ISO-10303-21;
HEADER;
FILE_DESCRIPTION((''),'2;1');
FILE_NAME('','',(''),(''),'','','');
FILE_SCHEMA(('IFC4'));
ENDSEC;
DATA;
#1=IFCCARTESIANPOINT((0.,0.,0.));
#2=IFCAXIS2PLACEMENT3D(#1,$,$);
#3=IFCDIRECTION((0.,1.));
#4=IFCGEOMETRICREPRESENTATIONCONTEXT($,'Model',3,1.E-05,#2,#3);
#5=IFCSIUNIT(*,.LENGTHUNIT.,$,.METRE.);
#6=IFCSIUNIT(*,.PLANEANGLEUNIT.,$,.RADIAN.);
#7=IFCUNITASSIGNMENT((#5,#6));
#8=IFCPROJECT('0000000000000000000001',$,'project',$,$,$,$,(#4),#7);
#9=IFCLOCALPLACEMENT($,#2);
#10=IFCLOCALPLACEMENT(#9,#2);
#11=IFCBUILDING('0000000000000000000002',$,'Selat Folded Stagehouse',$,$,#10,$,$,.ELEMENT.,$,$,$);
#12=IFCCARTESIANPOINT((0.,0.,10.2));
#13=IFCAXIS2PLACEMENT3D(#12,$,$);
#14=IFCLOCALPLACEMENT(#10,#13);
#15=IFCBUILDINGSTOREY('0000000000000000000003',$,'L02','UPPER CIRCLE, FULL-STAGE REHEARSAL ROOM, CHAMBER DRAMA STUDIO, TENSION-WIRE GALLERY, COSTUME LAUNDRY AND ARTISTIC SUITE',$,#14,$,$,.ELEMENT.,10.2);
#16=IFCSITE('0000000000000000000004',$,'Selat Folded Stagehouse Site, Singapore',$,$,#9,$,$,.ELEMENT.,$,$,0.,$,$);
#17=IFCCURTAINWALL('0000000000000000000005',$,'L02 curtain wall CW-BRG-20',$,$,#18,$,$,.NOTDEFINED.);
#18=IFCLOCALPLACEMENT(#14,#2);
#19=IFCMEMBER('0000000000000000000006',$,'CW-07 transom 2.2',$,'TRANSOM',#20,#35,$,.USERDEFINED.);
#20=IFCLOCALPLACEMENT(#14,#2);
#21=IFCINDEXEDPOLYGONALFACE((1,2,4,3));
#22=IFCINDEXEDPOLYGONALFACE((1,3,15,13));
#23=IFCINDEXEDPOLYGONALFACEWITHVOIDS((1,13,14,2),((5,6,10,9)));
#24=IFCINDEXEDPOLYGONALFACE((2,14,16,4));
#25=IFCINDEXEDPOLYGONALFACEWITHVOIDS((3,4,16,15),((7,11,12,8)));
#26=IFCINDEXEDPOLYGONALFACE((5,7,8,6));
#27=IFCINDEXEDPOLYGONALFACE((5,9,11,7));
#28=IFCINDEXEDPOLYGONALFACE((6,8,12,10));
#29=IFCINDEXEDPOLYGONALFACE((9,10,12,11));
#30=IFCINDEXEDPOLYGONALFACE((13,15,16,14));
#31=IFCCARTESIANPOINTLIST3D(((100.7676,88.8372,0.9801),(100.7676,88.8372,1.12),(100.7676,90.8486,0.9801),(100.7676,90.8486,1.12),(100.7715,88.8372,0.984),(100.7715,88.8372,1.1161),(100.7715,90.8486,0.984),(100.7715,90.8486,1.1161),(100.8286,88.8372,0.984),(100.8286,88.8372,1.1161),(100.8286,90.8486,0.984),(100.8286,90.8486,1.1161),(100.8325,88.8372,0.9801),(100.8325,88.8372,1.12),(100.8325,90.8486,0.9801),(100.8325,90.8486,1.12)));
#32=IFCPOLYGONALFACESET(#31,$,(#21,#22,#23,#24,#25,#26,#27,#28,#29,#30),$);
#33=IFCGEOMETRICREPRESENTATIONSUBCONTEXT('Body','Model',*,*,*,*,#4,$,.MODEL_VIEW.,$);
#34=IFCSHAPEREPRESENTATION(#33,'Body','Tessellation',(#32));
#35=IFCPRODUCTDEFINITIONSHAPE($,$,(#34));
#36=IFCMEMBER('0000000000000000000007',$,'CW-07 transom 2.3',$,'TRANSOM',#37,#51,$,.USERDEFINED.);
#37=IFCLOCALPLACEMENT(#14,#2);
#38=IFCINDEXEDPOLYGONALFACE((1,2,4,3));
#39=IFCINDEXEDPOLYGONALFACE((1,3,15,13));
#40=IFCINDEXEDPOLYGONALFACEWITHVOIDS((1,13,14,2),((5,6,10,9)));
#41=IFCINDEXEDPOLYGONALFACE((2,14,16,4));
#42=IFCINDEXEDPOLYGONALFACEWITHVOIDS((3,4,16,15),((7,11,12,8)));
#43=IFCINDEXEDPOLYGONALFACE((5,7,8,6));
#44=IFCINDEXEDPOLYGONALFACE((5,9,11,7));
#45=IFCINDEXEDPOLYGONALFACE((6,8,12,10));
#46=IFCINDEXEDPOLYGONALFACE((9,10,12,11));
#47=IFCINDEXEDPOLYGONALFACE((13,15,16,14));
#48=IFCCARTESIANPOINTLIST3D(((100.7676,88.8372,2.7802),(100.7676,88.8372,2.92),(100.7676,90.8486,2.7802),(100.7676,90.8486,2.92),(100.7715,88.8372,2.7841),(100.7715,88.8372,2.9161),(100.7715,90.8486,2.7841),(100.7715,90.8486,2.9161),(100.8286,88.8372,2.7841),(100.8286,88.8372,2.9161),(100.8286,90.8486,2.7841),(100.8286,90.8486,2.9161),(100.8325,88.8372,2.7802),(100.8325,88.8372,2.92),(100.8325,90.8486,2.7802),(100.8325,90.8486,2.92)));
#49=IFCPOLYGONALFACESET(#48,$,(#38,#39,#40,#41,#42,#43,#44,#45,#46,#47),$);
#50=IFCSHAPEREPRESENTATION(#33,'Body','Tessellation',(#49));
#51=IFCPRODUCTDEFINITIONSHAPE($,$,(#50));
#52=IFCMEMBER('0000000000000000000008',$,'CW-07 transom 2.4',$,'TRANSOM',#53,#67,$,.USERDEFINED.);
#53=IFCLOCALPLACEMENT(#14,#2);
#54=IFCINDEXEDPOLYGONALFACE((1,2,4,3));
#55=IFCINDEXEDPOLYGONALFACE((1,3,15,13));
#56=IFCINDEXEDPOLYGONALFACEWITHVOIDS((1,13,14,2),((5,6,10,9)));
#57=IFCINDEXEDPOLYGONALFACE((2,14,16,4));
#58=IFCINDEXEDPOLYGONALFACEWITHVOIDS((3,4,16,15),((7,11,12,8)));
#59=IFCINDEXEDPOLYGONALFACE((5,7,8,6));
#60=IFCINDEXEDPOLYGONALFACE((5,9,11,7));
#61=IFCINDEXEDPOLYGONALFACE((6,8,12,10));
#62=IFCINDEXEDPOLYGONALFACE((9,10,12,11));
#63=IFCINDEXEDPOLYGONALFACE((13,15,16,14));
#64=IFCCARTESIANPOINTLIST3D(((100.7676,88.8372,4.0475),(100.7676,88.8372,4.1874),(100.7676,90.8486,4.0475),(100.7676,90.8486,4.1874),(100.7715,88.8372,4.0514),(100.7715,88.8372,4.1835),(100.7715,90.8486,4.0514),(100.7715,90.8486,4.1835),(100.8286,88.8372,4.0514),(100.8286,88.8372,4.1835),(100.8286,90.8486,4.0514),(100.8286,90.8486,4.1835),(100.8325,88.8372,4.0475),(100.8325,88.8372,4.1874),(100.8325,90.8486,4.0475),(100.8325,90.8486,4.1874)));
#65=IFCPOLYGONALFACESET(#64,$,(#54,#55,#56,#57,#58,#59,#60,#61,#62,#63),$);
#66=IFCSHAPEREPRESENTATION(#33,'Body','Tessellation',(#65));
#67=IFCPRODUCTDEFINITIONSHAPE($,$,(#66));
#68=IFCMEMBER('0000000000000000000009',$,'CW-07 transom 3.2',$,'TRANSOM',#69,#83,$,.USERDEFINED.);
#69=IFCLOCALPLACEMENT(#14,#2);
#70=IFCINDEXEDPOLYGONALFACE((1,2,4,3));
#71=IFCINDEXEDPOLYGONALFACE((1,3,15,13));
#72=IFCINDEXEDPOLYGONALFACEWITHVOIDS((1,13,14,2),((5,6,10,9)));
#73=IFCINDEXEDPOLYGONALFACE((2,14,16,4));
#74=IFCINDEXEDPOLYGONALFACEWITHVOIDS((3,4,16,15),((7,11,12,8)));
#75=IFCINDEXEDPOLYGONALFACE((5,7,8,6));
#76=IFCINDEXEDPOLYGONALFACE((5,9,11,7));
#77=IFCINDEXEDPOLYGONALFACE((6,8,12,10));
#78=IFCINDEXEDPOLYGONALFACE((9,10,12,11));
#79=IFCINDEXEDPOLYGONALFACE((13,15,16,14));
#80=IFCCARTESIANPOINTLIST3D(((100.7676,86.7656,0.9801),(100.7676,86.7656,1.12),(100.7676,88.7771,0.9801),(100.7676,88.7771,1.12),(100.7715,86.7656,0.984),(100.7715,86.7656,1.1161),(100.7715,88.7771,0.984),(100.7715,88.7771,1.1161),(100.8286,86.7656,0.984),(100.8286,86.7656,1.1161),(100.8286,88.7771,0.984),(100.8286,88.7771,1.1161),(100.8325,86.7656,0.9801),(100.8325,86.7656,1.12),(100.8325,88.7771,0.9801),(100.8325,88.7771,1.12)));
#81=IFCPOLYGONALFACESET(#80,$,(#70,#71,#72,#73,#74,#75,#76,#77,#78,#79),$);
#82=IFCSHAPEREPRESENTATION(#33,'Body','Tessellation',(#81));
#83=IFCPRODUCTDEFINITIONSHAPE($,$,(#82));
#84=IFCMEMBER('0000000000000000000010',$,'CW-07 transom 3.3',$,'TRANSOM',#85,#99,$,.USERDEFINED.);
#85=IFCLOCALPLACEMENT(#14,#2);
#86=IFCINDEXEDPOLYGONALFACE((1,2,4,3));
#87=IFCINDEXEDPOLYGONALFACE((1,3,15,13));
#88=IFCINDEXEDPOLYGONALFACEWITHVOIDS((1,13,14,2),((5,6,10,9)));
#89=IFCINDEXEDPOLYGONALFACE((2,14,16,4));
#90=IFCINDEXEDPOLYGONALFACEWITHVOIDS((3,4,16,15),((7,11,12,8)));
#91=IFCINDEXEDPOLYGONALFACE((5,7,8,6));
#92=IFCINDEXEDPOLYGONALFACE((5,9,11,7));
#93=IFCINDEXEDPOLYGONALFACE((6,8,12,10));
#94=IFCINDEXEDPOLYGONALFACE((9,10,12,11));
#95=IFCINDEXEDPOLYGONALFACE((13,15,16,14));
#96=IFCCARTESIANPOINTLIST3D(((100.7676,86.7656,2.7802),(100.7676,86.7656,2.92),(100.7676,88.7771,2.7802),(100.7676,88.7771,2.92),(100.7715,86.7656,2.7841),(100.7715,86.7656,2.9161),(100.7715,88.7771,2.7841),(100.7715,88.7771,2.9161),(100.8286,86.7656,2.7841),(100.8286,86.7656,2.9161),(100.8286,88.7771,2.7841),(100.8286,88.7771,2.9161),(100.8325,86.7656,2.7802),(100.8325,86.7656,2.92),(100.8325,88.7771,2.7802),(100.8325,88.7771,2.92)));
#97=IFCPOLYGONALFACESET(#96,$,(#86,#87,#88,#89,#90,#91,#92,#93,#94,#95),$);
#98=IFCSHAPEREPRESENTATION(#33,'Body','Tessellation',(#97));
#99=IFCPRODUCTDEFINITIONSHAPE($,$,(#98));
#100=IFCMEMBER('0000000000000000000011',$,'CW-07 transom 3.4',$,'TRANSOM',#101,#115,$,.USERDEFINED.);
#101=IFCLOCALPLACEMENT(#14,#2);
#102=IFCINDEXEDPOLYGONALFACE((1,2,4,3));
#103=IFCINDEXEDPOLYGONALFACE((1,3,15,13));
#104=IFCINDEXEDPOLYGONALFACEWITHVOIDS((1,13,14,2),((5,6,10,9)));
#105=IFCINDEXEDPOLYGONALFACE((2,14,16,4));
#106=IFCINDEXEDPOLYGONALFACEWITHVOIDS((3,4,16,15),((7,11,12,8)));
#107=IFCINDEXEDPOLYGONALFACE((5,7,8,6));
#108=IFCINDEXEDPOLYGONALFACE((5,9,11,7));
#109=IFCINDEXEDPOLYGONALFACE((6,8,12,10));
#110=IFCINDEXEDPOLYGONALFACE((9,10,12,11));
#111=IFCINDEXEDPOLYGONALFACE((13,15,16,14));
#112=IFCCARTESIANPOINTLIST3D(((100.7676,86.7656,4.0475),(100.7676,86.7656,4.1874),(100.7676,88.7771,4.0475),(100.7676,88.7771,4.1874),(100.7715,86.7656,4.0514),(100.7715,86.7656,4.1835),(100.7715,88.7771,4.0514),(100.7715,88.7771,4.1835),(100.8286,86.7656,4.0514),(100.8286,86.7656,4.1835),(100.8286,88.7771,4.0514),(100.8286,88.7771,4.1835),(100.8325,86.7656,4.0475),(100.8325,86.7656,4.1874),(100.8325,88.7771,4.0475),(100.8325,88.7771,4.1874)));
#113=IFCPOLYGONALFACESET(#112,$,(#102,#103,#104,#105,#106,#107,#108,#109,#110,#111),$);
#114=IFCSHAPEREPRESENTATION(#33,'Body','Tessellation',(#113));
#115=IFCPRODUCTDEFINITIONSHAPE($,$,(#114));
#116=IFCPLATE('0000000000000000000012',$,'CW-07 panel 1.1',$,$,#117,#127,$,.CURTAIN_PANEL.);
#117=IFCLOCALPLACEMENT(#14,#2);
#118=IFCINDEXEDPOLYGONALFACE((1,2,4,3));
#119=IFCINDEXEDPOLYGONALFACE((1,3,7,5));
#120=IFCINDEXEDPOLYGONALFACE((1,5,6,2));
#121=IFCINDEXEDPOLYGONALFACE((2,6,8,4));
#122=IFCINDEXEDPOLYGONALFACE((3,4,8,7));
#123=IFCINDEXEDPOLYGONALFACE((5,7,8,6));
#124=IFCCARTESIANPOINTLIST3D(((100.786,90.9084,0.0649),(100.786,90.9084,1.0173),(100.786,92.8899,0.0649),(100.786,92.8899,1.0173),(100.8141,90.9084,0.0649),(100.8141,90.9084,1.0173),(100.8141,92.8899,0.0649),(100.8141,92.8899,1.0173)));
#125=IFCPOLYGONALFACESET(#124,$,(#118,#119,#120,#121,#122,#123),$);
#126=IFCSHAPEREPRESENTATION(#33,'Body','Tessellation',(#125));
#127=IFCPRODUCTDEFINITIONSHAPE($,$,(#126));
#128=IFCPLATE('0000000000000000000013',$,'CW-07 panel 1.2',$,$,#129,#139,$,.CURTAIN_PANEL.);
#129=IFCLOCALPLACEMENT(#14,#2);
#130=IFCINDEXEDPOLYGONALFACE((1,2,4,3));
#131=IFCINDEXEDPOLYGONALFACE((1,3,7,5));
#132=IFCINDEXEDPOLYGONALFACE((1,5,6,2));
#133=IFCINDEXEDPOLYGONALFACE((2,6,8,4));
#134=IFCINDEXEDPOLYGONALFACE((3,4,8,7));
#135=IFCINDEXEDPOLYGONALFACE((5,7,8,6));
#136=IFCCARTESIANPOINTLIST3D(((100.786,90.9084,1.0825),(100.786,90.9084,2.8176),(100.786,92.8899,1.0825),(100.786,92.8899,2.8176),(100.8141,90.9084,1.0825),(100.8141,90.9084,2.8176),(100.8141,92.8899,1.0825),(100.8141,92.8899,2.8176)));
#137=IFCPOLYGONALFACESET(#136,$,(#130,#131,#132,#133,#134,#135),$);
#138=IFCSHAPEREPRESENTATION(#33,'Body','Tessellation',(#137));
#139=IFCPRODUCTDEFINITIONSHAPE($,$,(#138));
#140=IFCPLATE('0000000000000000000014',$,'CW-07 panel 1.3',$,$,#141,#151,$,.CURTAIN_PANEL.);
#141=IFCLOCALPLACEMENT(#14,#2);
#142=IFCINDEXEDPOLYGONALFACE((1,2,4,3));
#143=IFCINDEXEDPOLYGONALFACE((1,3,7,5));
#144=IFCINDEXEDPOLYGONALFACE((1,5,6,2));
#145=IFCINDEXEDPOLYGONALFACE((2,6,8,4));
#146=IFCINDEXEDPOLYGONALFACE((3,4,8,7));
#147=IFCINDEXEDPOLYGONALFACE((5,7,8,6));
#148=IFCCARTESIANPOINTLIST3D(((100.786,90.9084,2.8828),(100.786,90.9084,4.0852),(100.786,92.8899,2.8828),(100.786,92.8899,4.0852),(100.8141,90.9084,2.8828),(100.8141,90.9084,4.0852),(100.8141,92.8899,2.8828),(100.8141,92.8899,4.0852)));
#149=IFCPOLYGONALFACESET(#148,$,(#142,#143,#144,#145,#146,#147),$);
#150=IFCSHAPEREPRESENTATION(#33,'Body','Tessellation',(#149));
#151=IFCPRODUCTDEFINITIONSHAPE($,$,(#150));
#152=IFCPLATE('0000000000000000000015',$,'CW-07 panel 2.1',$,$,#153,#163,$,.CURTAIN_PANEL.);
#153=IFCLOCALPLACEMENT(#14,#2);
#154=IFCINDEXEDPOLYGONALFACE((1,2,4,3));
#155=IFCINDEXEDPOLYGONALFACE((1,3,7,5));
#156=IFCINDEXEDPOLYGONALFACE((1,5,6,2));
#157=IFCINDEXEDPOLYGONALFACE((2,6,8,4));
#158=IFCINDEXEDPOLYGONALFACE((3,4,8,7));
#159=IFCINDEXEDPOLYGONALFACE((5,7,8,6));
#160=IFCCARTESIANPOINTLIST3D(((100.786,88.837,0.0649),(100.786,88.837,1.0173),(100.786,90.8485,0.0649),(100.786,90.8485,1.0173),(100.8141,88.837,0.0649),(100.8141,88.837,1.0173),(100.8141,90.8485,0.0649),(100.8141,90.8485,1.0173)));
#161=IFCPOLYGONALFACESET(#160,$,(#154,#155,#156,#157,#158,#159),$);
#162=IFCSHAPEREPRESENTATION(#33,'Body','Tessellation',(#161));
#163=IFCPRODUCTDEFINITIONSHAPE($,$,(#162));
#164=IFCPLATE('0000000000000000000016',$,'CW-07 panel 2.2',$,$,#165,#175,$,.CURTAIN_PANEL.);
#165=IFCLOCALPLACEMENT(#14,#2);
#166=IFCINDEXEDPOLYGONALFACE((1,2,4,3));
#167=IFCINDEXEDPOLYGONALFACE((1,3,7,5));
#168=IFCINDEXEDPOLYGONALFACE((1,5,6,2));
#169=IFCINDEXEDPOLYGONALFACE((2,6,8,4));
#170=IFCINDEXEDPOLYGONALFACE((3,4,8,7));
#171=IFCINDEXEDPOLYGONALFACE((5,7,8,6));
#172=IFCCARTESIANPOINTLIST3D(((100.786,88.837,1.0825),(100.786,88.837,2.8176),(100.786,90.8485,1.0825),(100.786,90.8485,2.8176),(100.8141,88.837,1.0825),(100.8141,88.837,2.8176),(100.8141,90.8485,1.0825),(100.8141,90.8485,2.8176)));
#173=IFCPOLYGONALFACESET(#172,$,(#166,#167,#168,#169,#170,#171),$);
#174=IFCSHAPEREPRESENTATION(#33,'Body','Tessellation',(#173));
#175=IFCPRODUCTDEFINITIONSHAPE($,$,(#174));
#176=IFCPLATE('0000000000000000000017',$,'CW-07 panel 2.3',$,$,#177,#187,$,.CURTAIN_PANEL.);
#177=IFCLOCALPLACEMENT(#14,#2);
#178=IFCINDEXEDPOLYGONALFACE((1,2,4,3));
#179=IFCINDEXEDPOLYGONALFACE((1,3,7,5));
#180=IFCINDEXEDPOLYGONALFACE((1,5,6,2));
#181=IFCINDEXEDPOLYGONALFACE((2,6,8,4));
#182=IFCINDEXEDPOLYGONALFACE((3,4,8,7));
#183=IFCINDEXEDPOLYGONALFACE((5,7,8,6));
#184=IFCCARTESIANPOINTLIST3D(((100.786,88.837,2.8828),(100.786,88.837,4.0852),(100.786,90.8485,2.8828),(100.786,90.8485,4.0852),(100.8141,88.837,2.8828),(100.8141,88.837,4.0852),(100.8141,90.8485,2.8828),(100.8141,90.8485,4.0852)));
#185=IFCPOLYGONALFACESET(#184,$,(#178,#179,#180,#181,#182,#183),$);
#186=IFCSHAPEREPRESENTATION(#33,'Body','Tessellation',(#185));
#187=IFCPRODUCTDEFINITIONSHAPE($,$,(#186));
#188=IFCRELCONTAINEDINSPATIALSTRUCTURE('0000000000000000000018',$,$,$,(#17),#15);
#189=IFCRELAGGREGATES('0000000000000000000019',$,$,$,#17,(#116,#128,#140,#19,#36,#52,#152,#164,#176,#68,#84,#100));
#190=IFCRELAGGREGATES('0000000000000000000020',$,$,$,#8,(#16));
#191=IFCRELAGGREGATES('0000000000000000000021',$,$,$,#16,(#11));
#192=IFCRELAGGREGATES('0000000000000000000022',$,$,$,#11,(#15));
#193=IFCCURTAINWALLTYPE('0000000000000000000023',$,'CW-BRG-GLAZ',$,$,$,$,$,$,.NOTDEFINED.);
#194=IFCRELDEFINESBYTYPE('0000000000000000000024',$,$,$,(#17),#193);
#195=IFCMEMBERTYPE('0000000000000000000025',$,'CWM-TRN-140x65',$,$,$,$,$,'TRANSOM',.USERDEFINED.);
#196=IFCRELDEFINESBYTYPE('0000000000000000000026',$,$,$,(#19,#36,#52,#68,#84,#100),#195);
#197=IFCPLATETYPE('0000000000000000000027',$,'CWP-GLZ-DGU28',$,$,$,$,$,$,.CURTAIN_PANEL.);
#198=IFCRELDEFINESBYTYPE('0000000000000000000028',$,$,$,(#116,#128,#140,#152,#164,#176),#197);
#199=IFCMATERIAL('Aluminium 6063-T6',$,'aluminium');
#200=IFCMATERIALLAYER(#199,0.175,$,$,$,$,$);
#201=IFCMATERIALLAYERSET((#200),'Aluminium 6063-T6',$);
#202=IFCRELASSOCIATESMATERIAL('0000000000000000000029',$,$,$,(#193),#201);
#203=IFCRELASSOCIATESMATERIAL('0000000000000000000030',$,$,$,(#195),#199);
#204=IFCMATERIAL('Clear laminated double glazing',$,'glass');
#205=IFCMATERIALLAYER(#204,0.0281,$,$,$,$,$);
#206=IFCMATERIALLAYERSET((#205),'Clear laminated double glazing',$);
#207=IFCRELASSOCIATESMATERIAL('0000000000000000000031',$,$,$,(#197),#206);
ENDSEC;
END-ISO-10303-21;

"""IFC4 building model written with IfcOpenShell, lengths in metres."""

from ifc_helpers import new_model, si_unit, direction, frame, origin, origin_2d, place, context, subcontext, project, spatial, rectangle, hollow_rectangle, extrude, material, layer, layer_set, material_profile, profile_set, type_object, element, aggregate, save


model = new_model("IFC4")

# Units and contexts
model_context = context("Model", 3, precision=1e-05, world=origin(), true_north=direction((0.0, 1.0)))
body_context = subcontext(model_context, "Body", "Model", "MODEL_VIEW")
ifc_project = project(units=[si_unit("LENGTHUNIT", "METRE"), si_unit("PLANEANGLEUNIT", "RADIAN")], contexts=[model_context])

# Site, building, storey
site_placement = place(None, origin())
site = spatial("IfcSite", under=ifc_project, at=site_placement, Name="Selat Folded Stagehouse Site, Singapore", CompositionType="ELEMENT", RefElevation=0.0)
building_placement = place(site_placement, origin())
building = spatial("IfcBuilding", under=site, at=building_placement, Name="Selat Folded Stagehouse", CompositionType="ELEMENT")
storey_placement = place(building_placement, frame((0.0, 0.0, 10.2)))
storey = spatial("IfcBuildingStorey", under=building, at=storey_placement, Name="L02", Description="UPPER CIRCLE, FULL-STAGE REHEARSAL ROOM, CHAMBER DRAMA STUDIO, TENSION-WIRE GALLERY, COSTUME LAUNDRY AND ARTISTIC SUITE", CompositionType="ELEMENT", Elevation=10.2)

# Curtain wall, members, plates
ifc_material_1 = material(Name="Aluminium 6063-T6", Category="aluminium")
ifc_layer_1 = layer(ifc_material_1, 0.175)
ifc_layer_set_1 = layer_set([ifc_layer_1], Name="Aluminium 6063-T6")
curtain_wall_type = type_object("IfcCurtainWallType", Name="CW-BRG-GLAZ", PredefinedType="NOTDEFINED", material=ifc_layer_set_1)
curtain_wall_placement = place(storey_placement, origin())
curtain_wall = element("IfcCurtainWall", 1, at=curtain_wall_placement, inside=storey, type_object=curtain_wall_type, Name="L02 curtain wall CW-BRG-20", PredefinedType="NOTDEFINED")
ifc_material_profile_1 = material_profile(ifc_material_1, hollow_rectangle(XDim=0.0649, YDim=0.1399, WallThickness=0.0039, at=origin_2d()), Name="ALU 140x65x4.0")
ifc_profile_set_1 = profile_set([ifc_material_profile_1], Name="Aluminium 6063-T6")
member_type_1 = type_object("IfcMemberType", Name="CWM-TRN-140x65", ElementType="TRANSOM", PredefinedType="USERDEFINED", material=ifc_profile_set_1)
member_1_placement = place(storey_placement, frame((100.8, 90.8486, 1.05), z_axis=(0.0, -1.0, 0.0), x_axis=(1.0, 0.0, 0.0)))
member_1 = element("IfcMember", 2, at=member_1_placement, type_object=member_type_1, Name="CW-07 transom 2.2", ObjectType="TRANSOM", PredefinedType="USERDEFINED", context=body_context, shape_type="SweptSolid", body=[
    extrude(hollow_rectangle(XDim=0.0649, YDim=0.1399, WallThickness=0.0039, at=origin_2d()), origin(), (0.0, 0.0, 1.0), 2.0115),
])
member_2_placement = place(storey_placement, frame((100.8, 90.8486, 2.8501), z_axis=(0.0, -1.0, 0.0), x_axis=(1.0, 0.0, 0.0)))
member_2 = element("IfcMember", 3, at=member_2_placement, type_object=member_type_1, Name="CW-07 transom 2.3", ObjectType="TRANSOM", PredefinedType="USERDEFINED", context=body_context, shape_type="SweptSolid", body=[
    extrude(hollow_rectangle(XDim=0.0649, YDim=0.1399, WallThickness=0.0039, at=origin_2d()), origin(), (0.0, 0.0, 1.0), 2.0115),
])
member_3_placement = place(storey_placement, frame((100.8, 90.8486, 4.1174), z_axis=(0.0, -1.0, 0.0), x_axis=(1.0, 0.0, 0.0)))
member_3 = element("IfcMember", 4, at=member_3_placement, type_object=member_type_1, Name="CW-07 transom 2.4", ObjectType="TRANSOM", PredefinedType="USERDEFINED", context=body_context, shape_type="SweptSolid", body=[
    extrude(hollow_rectangle(XDim=0.0649, YDim=0.1399, WallThickness=0.0039, at=origin_2d()), origin(), (0.0, 0.0, 1.0), 2.0115),
])
member_4_placement = place(storey_placement, frame((100.8, 88.7771, 1.05), z_axis=(0.0, -1.0, 0.0), x_axis=(1.0, 0.0, 0.0)))
member_4 = element("IfcMember", 5, at=member_4_placement, type_object=member_type_1, Name="CW-07 transom 3.2", ObjectType="TRANSOM", PredefinedType="USERDEFINED", context=body_context, shape_type="SweptSolid", body=[
    extrude(hollow_rectangle(XDim=0.0649, YDim=0.1399, WallThickness=0.0039, at=origin_2d()), origin(), (0.0, 0.0, 1.0), 2.0115),
])
member_5_placement = place(storey_placement, frame((100.8, 88.7771, 2.8501), z_axis=(0.0, -1.0, 0.0), x_axis=(1.0, 0.0, 0.0)))
member_5 = element("IfcMember", 6, at=member_5_placement, type_object=member_type_1, Name="CW-07 transom 3.3", ObjectType="TRANSOM", PredefinedType="USERDEFINED", context=body_context, shape_type="SweptSolid", body=[
    extrude(hollow_rectangle(XDim=0.0649, YDim=0.1399, WallThickness=0.0039, at=origin_2d()), origin(), (0.0, 0.0, 1.0), 2.0115),
])
member_6_placement = place(storey_placement, frame((100.8, 88.7771, 4.1174), z_axis=(0.0, -1.0, 0.0), x_axis=(1.0, 0.0, 0.0)))
member_6 = element("IfcMember", 7, at=member_6_placement, type_object=member_type_1, Name="CW-07 transom 3.4", ObjectType="TRANSOM", PredefinedType="USERDEFINED", context=body_context, shape_type="SweptSolid", body=[
    extrude(hollow_rectangle(XDim=0.0649, YDim=0.1399, WallThickness=0.0039, at=origin_2d()), origin(), (0.0, 0.0, 1.0), 2.0115),
])
ifc_material_2 = material(Name="Clear laminated double glazing", Category="glass")
ifc_layer_2 = layer(ifc_material_2, 0.0281)
ifc_layer_set_2 = layer_set([ifc_layer_2], Name="Clear laminated double glazing")
plate_type = type_object("IfcPlateType", Name="CWP-GLZ-DGU28", PredefinedType="CURTAIN_PANEL", material=ifc_layer_set_2)
plate_1_placement = place(storey_placement, frame((100.8, 91.8992, 0.0649), z_axis=(0.0, 0.0, 1.0), x_axis=(0.0, -1.0, 0.0)))
plate_1 = element("IfcPlate", 8, at=plate_1_placement, type_object=plate_type, Name="CW-07 panel 1.1", PredefinedType="CURTAIN_PANEL", context=body_context, shape_type="SweptSolid", body=[
    extrude(rectangle(XDim=1.9814, YDim=0.0281, at=origin_2d()), origin(), (0.0, 0.0, 1.0), 0.9524),
])
plate_2_placement = place(storey_placement, frame((100.8, 91.8992, 1.0825), z_axis=(0.0, 0.0, 1.0), x_axis=(0.0, -1.0, 0.0)))
plate_2 = element("IfcPlate", 9, at=plate_2_placement, type_object=plate_type, Name="CW-07 panel 1.2", PredefinedType="CURTAIN_PANEL", context=body_context, shape_type="SweptSolid", body=[
    extrude(rectangle(XDim=1.9814, YDim=0.0281, at=origin_2d()), origin(), (0.0, 0.0, 1.0), 1.7351),
])
plate_3_placement = place(storey_placement, frame((100.8, 91.8992, 2.8828), z_axis=(0.0, 0.0, 1.0), x_axis=(0.0, -1.0, 0.0)))
plate_3 = element("IfcPlate", 10, at=plate_3_placement, type_object=plate_type, Name="CW-07 panel 1.3", PredefinedType="CURTAIN_PANEL", context=body_context, shape_type="SweptSolid", body=[
    extrude(rectangle(XDim=1.9814, YDim=0.0281, at=origin_2d()), origin(), (0.0, 0.0, 1.0), 1.2024),
])
plate_4_placement = place(storey_placement, frame((100.8, 89.8428, 0.0649), z_axis=(0.0, 0.0, 1.0), x_axis=(0.0, -1.0, 0.0)))
plate_4 = element("IfcPlate", 11, at=plate_4_placement, type_object=plate_type, Name="CW-07 panel 2.1", PredefinedType="CURTAIN_PANEL", context=body_context, shape_type="SweptSolid", body=[
    extrude(rectangle(XDim=2.0115, YDim=0.0281, at=origin_2d()), origin(), (0.0, 0.0, 1.0), 0.9524),
])
plate_5_placement = place(storey_placement, frame((100.8, 89.8428, 1.0825), z_axis=(0.0, 0.0, 1.0), x_axis=(0.0, -1.0, 0.0)))
plate_5 = element("IfcPlate", 12, at=plate_5_placement, type_object=plate_type, Name="CW-07 panel 2.2", PredefinedType="CURTAIN_PANEL", context=body_context, shape_type="SweptSolid", body=[
    extrude(rectangle(XDim=2.0115, YDim=0.0281, at=origin_2d()), origin(), (0.0, 0.0, 1.0), 1.7351),
])
plate_6_placement = place(storey_placement, frame((100.8, 89.8428, 2.8828), z_axis=(0.0, 0.0, 1.0), x_axis=(0.0, -1.0, 0.0)))
plate_6 = element("IfcPlate", 13, at=plate_6_placement, type_object=plate_type, Name="CW-07 panel 2.3", PredefinedType="CURTAIN_PANEL", context=body_context, shape_type="SweptSolid", body=[
    extrude(rectangle(XDim=2.0115, YDim=0.0281, at=origin_2d()), origin(), (0.0, 0.0, 1.0), 1.2024),
])
aggregate(curtain_wall, [plate_1, plate_2, plate_3, member_1, member_2, member_3, plate_4, plate_5, plate_6, member_4, member_5, member_6])

save(model, "model.ifc")
